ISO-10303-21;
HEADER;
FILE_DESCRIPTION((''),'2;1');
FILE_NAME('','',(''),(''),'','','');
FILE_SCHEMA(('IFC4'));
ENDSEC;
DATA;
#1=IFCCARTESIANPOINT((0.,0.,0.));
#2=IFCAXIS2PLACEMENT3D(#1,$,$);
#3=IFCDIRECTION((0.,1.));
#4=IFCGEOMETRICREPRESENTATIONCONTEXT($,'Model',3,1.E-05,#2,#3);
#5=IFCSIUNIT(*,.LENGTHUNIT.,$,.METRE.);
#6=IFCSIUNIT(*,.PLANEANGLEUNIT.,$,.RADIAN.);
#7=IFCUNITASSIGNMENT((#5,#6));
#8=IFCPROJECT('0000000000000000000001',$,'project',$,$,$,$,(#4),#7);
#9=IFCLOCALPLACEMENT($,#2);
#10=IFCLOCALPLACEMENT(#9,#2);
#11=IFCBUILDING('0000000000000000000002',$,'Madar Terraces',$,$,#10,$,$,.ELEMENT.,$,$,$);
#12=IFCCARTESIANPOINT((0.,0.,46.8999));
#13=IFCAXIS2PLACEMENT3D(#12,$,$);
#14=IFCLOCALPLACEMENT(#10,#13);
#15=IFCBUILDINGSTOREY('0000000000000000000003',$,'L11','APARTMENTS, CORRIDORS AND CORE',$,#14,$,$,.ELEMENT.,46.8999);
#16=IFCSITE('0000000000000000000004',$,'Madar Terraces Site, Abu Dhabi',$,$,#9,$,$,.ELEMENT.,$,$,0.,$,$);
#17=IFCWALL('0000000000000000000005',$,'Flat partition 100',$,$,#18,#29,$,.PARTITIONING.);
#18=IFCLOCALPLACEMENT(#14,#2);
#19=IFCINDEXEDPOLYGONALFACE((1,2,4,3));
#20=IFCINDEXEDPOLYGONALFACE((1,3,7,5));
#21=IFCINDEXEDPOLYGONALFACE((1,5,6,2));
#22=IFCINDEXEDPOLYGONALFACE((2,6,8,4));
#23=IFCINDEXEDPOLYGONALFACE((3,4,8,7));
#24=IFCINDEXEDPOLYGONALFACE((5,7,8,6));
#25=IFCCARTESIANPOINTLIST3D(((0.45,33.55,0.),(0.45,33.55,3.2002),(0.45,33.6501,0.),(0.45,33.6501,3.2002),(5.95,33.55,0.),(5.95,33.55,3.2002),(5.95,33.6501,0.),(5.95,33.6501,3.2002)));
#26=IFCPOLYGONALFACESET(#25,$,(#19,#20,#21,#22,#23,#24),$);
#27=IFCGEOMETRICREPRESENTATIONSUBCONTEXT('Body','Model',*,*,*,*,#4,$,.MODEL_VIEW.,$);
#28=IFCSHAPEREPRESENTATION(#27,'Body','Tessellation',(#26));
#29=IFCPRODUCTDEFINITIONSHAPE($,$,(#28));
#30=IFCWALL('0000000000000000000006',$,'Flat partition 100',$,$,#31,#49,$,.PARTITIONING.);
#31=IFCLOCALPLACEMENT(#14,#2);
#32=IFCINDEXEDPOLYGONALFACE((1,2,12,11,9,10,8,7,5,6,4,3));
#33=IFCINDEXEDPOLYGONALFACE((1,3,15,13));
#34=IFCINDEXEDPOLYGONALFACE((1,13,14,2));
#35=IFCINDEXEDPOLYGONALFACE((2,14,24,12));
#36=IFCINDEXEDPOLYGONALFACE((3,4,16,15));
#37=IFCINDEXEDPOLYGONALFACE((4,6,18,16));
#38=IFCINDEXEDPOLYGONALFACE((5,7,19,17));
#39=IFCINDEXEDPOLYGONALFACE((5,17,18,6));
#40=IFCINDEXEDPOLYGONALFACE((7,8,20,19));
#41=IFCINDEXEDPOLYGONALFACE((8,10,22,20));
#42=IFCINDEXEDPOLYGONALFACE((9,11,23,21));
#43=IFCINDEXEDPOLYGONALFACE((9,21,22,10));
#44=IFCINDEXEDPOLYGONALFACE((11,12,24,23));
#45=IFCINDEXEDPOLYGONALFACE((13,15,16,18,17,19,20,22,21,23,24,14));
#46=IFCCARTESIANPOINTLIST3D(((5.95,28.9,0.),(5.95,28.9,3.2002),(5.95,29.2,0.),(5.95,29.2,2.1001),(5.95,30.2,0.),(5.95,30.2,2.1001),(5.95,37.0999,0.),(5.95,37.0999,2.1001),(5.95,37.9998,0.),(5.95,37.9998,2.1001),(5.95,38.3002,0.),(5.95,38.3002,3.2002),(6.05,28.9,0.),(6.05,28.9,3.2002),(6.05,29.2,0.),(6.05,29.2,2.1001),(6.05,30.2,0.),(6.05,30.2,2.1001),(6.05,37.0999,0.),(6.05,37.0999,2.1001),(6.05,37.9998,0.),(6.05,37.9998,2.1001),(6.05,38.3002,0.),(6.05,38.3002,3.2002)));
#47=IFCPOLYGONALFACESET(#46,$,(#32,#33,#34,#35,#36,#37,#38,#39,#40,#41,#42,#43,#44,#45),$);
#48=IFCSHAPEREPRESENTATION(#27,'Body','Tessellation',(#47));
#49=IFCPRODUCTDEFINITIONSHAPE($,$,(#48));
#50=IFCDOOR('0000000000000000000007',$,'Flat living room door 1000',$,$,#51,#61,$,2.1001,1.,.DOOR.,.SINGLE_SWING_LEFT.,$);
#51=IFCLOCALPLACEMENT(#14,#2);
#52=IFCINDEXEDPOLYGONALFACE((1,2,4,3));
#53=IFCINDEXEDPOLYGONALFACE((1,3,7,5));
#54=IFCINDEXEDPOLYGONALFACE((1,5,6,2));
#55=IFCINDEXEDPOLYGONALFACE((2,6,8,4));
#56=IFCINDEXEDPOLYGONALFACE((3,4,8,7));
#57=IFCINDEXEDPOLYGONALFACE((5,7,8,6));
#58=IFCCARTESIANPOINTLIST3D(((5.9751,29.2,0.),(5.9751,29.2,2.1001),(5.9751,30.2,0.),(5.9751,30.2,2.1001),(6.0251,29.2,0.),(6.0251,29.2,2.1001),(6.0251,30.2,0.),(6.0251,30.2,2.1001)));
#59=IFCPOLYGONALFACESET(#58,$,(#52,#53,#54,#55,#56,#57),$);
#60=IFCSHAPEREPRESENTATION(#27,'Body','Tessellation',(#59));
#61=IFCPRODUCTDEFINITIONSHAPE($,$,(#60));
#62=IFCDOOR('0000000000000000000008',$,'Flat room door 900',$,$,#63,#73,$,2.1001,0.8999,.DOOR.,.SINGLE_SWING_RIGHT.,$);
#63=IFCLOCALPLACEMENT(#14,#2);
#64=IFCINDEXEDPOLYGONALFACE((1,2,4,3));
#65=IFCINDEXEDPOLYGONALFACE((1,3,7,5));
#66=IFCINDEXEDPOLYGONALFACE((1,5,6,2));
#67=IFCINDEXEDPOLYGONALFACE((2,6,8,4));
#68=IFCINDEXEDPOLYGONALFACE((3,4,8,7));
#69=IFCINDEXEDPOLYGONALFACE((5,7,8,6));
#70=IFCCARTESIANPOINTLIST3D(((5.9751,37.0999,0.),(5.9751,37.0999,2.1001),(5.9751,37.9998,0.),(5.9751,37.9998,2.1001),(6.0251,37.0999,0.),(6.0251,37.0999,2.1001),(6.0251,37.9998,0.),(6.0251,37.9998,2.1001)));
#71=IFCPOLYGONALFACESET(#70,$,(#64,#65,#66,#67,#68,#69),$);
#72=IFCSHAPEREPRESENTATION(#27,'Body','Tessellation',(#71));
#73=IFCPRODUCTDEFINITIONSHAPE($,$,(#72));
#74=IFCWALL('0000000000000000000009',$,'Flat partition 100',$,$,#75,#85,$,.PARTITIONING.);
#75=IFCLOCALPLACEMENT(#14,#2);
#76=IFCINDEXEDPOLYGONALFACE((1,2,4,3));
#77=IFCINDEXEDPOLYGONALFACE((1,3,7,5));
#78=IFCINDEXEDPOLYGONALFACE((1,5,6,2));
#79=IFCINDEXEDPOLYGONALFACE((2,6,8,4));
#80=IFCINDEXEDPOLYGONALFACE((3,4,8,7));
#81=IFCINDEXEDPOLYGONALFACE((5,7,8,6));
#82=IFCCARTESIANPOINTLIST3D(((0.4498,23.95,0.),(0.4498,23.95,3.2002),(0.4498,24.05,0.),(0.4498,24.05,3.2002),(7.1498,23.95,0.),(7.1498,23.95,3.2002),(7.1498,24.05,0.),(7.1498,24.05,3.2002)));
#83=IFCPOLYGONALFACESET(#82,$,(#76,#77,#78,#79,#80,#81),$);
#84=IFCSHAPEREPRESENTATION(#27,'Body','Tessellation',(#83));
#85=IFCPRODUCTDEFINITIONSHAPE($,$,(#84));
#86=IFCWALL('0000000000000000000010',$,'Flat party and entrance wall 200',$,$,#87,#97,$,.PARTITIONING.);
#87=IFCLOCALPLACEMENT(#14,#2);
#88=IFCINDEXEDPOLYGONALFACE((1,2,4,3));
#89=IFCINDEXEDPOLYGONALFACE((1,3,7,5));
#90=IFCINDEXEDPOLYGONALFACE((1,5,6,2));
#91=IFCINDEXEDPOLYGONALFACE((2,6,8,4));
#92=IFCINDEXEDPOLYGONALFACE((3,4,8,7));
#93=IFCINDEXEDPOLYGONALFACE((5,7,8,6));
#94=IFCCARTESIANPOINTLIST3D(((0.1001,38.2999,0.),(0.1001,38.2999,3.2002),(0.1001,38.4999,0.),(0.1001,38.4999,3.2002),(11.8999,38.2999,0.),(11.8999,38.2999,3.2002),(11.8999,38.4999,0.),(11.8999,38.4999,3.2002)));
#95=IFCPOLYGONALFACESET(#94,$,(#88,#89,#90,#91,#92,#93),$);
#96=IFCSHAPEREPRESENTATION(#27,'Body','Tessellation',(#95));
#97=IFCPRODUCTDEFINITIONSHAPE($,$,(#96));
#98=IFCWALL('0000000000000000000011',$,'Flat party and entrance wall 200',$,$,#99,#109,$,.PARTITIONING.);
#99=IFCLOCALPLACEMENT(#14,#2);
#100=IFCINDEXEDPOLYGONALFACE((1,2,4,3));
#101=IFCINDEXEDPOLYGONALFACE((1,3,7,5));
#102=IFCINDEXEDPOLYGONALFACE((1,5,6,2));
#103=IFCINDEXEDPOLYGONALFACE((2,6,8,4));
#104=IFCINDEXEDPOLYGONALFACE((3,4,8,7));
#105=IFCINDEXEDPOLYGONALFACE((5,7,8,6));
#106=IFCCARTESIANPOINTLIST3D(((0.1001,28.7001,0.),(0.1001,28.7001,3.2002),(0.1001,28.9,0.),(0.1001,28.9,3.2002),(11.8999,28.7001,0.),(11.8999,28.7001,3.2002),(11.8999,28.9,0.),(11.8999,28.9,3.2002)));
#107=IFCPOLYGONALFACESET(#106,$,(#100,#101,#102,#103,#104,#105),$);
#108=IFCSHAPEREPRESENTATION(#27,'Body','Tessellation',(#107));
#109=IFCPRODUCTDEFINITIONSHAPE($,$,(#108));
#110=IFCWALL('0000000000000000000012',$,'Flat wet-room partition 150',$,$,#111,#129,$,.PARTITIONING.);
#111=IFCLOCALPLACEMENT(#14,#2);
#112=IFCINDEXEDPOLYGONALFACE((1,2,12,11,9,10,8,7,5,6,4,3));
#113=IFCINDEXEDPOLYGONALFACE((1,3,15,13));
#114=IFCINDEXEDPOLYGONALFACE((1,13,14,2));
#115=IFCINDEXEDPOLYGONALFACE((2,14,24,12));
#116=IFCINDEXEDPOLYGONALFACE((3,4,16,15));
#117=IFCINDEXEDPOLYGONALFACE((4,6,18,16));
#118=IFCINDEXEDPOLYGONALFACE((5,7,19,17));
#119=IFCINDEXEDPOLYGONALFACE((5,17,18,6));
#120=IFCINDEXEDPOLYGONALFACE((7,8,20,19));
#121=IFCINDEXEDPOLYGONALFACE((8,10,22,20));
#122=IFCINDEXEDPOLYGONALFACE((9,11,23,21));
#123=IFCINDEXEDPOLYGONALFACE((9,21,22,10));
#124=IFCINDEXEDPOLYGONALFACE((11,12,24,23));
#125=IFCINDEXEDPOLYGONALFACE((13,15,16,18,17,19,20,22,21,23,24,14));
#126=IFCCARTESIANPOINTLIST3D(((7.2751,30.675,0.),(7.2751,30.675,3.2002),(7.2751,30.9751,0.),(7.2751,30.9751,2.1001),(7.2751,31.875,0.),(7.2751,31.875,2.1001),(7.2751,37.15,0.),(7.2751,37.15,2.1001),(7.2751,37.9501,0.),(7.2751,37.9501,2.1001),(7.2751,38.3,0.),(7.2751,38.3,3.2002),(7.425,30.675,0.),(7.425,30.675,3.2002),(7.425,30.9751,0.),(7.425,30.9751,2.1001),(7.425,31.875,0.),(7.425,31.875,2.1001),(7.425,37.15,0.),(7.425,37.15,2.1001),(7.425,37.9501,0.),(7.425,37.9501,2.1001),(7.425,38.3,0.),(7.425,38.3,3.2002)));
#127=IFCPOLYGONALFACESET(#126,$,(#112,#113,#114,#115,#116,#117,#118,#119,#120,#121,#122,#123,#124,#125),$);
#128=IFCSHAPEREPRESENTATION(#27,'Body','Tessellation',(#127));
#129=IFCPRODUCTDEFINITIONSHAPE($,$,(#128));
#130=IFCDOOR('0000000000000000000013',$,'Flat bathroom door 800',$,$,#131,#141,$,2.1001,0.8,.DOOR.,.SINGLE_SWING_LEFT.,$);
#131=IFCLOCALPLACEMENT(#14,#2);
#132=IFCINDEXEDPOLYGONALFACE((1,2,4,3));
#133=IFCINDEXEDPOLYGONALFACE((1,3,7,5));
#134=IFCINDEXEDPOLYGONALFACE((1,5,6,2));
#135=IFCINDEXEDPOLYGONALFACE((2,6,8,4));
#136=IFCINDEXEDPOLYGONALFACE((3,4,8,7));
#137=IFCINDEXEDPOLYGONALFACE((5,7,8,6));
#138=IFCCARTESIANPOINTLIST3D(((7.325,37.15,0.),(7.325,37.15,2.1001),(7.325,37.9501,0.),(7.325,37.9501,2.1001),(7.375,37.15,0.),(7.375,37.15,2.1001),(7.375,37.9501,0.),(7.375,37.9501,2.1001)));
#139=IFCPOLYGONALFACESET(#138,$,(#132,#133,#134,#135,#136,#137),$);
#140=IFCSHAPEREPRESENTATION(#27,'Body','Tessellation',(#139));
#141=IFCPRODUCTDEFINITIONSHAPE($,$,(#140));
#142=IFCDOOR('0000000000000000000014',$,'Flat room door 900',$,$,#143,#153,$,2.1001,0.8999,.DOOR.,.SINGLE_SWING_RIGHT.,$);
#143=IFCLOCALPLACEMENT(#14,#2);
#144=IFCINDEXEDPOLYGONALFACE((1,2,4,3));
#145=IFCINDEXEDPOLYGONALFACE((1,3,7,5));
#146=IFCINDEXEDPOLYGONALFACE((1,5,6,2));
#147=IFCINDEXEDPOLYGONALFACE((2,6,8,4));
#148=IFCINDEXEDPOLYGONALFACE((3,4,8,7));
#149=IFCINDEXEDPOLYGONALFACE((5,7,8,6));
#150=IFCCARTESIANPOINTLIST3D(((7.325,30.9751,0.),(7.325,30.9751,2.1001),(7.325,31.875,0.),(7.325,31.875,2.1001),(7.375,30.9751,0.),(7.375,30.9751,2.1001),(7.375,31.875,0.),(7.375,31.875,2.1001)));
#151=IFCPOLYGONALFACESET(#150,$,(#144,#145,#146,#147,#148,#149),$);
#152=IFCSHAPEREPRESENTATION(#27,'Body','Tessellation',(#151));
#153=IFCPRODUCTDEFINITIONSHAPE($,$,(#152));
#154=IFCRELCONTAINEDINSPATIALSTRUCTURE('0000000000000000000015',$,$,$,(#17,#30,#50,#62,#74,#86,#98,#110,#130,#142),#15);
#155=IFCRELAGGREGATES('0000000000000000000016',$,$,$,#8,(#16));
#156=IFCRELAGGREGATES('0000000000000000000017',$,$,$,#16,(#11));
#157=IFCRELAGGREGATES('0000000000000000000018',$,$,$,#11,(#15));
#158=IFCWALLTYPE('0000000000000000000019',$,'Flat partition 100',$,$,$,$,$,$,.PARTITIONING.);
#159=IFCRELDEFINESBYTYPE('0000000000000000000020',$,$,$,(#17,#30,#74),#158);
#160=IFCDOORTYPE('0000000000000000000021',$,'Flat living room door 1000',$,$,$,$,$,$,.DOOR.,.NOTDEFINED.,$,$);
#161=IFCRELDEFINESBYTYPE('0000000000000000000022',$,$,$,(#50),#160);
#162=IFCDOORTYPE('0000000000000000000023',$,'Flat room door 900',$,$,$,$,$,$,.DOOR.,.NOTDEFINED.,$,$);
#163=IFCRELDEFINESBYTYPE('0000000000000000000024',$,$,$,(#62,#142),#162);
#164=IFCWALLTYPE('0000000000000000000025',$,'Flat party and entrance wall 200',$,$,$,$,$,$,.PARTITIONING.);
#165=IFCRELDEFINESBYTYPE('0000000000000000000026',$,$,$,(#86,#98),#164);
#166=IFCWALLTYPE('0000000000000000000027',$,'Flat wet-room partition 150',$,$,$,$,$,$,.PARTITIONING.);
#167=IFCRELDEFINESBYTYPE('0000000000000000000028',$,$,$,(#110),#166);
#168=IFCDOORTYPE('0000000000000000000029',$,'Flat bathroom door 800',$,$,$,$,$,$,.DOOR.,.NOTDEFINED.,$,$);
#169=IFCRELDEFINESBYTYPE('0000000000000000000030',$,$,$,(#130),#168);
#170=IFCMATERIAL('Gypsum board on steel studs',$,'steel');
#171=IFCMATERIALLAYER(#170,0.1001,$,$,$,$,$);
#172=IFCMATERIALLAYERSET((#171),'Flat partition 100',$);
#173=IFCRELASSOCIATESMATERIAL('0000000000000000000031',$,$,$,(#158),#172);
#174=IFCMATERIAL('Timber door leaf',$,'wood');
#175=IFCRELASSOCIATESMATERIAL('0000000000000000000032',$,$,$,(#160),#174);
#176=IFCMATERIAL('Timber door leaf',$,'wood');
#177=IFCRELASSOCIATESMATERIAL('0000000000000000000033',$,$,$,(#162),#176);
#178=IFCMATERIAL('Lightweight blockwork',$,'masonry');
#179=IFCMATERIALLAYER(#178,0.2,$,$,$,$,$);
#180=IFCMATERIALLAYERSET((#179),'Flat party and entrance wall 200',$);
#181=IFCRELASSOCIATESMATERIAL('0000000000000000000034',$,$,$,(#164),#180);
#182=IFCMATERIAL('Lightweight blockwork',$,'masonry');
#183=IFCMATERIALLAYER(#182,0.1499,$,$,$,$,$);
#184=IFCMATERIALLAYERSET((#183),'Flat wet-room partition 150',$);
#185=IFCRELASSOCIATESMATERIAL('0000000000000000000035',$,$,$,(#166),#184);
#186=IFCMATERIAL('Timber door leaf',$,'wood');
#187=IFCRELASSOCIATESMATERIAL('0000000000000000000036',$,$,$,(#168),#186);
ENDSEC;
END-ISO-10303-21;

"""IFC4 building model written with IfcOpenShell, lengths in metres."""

from ifc_helpers import new_model, si_unit, direction, frame, frame_2d, origin, place, context, subcontext, project, spatial, rectangle, extrude, material, layer, layer_set, type_object, element, fill, save


model = new_model("IFC4")

# Units and contexts
model_context = context("Model", 3, precision=1e-05, world=origin(), true_north=direction((0.0, 1.0)))
body_context = subcontext(model_context, "Body", "Model", "MODEL_VIEW")
ifc_project = project(units=[si_unit("LENGTHUNIT", "METRE"), si_unit("PLANEANGLEUNIT", "RADIAN")], contexts=[model_context])

# Site, building, storey
site_placement = place(None, origin())
site = spatial("IfcSite", under=ifc_project, at=site_placement, Name="Madar Terraces Site, Abu Dhabi", CompositionType="ELEMENT", RefElevation=0.0)
building_placement = place(site_placement, origin())
building = spatial("IfcBuilding", under=site, at=building_placement, Name="Madar Terraces", CompositionType="ELEMENT")
storey_placement = place(building_placement, frame((0.0, 0.0, 46.8999)))
storey = spatial("IfcBuildingStorey", under=building, at=storey_placement, Name="L11", Description="APARTMENTS, CORRIDORS AND CORE", CompositionType="ELEMENT", Elevation=46.8999)

# Wall
ifc_material_1 = material(Name="Gypsum board on steel studs", Category="steel")
ifc_layer_1 = layer(ifc_material_1, 0.1001)
ifc_layer_set_1 = layer_set([ifc_layer_1], Name="Flat partition 100")
wall_type_1 = type_object("IfcWallType", Name="Flat partition 100", PredefinedType="PARTITIONING", material=ifc_layer_set_1)
wall_1_placement = place(storey_placement, frame((5.95, 33.6001, 0.0), z_axis=(0.0, 0.0, 1.0), x_axis=(-1.0, 0.0, 0.0)))
element("IfcWall", 1, at=wall_1_placement, inside=storey, type_object=wall_type_1, Name="Flat partition 100", PredefinedType="PARTITIONING", context=body_context, shape_type="SweptSolid", body=[
    extrude(rectangle(XDim=5.5, YDim=0.1001, at=frame_2d((2.75, 0.0))), origin(), (0.0, 0.0, 1.0), 3.2002),
])

# Wall, openings, doors
wall_2_placement = place(storey_placement, frame((6.0, 28.8999, 0.0), z_axis=(0.0, 0.0, 1.0), x_axis=(0.0, 1.0, 0.0)))
wall_2 = element("IfcWall", 2, at=wall_2_placement, inside=storey, type_object=wall_type_1, Name="Flat partition 100", PredefinedType="PARTITIONING", context=body_context, shape_type="SweptSolid", body=[
    extrude(rectangle(XDim=9.4001, YDim=0.1001, at=frame_2d((4.7002, 0.0))), origin(), (0.0, 0.0, 1.0), 3.2002),
])
opening_1_placement = place(wall_2_placement, frame((0.3, 0.0, 0.0)))
opening_1 = element("IfcOpeningElement", 3, at=opening_1_placement, cuts=wall_2, PredefinedType="OPENING", context=body_context, shape_type="SweptSolid", body=[
    extrude(rectangle(XDim=1.0, YDim=2.1001, at=frame_2d((0.5, 1.05))), frame((0.0, 0.0601, 0.0), z_axis=(0.0, -1.0, 0.0), x_axis=(1.0, 0.0, 0.0)), (0.0, 0.0, 1.0), 0.1201),
])
opening_2_placement = place(wall_2_placement, frame((8.2, 0.0, 0.0)))
opening_2 = element("IfcOpeningElement", 4, at=opening_2_placement, cuts=wall_2, PredefinedType="OPENING", context=body_context, shape_type="SweptSolid", body=[
    extrude(rectangle(XDim=0.8999, YDim=2.1001, at=frame_2d((0.45, 1.05))), frame((0.0, 0.0601, 0.0), z_axis=(0.0, -1.0, 0.0), x_axis=(1.0, 0.0, 0.0)), (0.0, 0.0, 1.0), 0.1201),
])
ifc_material_2 = material(Name="Timber door leaf", Category="wood")
door_type_1 = type_object("IfcDoorType", Name="Flat living room door 1000", OperationType="NOTDEFINED", PredefinedType="DOOR", material=ifc_material_2)
door_1_placement = place(opening_1_placement, origin())
door_1 = element("IfcDoor", 5, at=door_1_placement, inside=storey, type_object=door_type_1, Name="Flat living room door 1000", OperationType="SINGLE_SWING_LEFT", OverallHeight=2.1001, OverallWidth=1.0, PredefinedType="DOOR", context=body_context, shape_type="SweptSolid", body=[
    extrude(rectangle(XDim=1.0, YDim=2.1001, at=frame_2d((0.5, 1.05))), frame((0.0, 0.0249, 0.0), z_axis=(0.0, -1.0, 0.0), x_axis=(1.0, 0.0, 0.0)), (0.0, 0.0, 1.0), 0.05),
])
fill(opening_1, door_1)
ifc_material_3 = material(Name="Timber door leaf", Category="wood")
door_type_2 = type_object("IfcDoorType", Name="Flat room door 900", OperationType="NOTDEFINED", PredefinedType="DOOR", material=ifc_material_3)
door_2_placement = place(opening_2_placement, origin())
door_2 = element("IfcDoor", 6, at=door_2_placement, inside=storey, type_object=door_type_2, Name="Flat room door 900", OperationType="SINGLE_SWING_RIGHT", OverallHeight=2.1001, OverallWidth=0.8999, PredefinedType="DOOR", context=body_context, shape_type="SweptSolid", body=[
    extrude(rectangle(XDim=0.8999, YDim=2.1001, at=frame_2d((0.45, 1.05))), frame((0.0, 0.0249, 0.0), z_axis=(0.0, -1.0, 0.0), x_axis=(1.0, 0.0, 0.0)), (0.0, 0.0, 1.0), 0.05),
])
fill(opening_2, door_2)

# Walls
wall_3_placement = place(storey_placement, frame((7.1499, 24.0, 0.0), z_axis=(0.0, 0.0, 1.0), x_axis=(-1.0, 0.0, 0.0)))
element("IfcWall", 7, at=wall_3_placement, inside=storey, type_object=wall_type_1, Name="Flat partition 100", PredefinedType="PARTITIONING", context=body_context, shape_type="SweptSolid", body=[
    extrude(rectangle(XDim=6.7, YDim=0.1001, at=frame_2d((3.3501, 0.0))), origin(), (0.0, 0.0, 1.0), 3.2002),
])
ifc_material_4 = material(Name="Lightweight blockwork", Category="masonry")
ifc_layer_2 = layer(ifc_material_4, 0.2)
ifc_layer_set_2 = layer_set([ifc_layer_2], Name="Flat party and entrance wall 200")
wall_type_2 = type_object("IfcWallType", Name="Flat party and entrance wall 200", PredefinedType="PARTITIONING", material=ifc_layer_set_2)
for number, where, z_axis, x_axis, name in (
    (8, (0.1001, 38.3999, 0.0), (0.0, 0.0, 1.0), (1.0, 0.0, 0.0), "Flat party and entrance wall 200"),
    (9, (0.1001, 28.8, 0.0), (0.0, 0.0, 1.0), (1.0, 0.0, 0.0), "Flat party and entrance wall 200"),
):
    element("IfcWall", number, at=place(storey_placement, frame(where, z_axis=z_axis, x_axis=x_axis)), inside=storey, type_object=wall_type_2, Name=name, PredefinedType="PARTITIONING", context=body_context, shape_type="SweptSolid", body=[
        extrude(rectangle(XDim=11.7998, YDim=0.2, at=frame_2d((5.8999, 0.0))), origin(), (0.0, 0.0, 1.0), 3.2002),
    ])

# Wall, openings, doors
ifc_material_5 = material(Name="Lightweight blockwork", Category="masonry")
ifc_layer_3 = layer(ifc_material_5, 0.1499)
ifc_layer_set_3 = layer_set([ifc_layer_3], Name="Flat wet-room partition 150")
wall_type_3 = type_object("IfcWallType", Name="Flat wet-room partition 150", PredefinedType="PARTITIONING", material=ifc_layer_set_3)
wall_4_placement = place(storey_placement, frame((7.3501, 38.3, 0.0), z_axis=(0.0, 0.0, 1.0), x_axis=(0.0, -1.0, 0.0)))
wall_4 = element("IfcWall", 10, at=wall_4_placement, inside=storey, type_object=wall_type_3, Name="Flat wet-room partition 150", PredefinedType="PARTITIONING", context=body_context, shape_type="SweptSolid", body=[
    extrude(rectangle(XDim=7.625, YDim=0.1499, at=frame_2d((3.8125, 0.0))), origin(), (0.0, 0.0, 1.0), 3.2002),
])
opening_3_placement = place(wall_4_placement, frame((6.425, 0.0, 0.0)))
opening_3 = element("IfcOpeningElement", 11, at=opening_3_placement, cuts=wall_4, PredefinedType="OPENING", context=body_context, shape_type="SweptSolid", body=[
    extrude(rectangle(XDim=0.8999, YDim=2.1001, at=frame_2d((0.45, 1.05))), frame((0.0, 0.085, 0.0), z_axis=(0.0, -1.0, 0.0), x_axis=(1.0, 0.0, 0.0)), (0.0, 0.0, 1.0), 0.1699),
])
opening_4_placement = place(wall_4_placement, frame((0.3501, 0.0, 0.0)))
opening_4 = element("IfcOpeningElement", 12, at=opening_4_placement, cuts=wall_4, PredefinedType="OPENING", context=body_context, shape_type="SweptSolid", body=[
    extrude(rectangle(XDim=0.8, YDim=2.1001, at=frame_2d((0.3999, 1.05))), frame((0.0, 0.085, 0.0), z_axis=(0.0, -1.0, 0.0), x_axis=(1.0, 0.0, 0.0)), (0.0, 0.0, 1.0), 0.1699),
])
ifc_material_6 = material(Name="Timber door leaf", Category="wood")
door_type_3 = type_object("IfcDoorType", Name="Flat bathroom door 800", OperationType="NOTDEFINED", PredefinedType="DOOR", material=ifc_material_6)
door_3_placement = place(opening_4_placement, origin())
door_3 = element("IfcDoor", 13, at=door_3_placement, inside=storey, type_object=door_type_3, Name="Flat bathroom door 800", OperationType="SINGLE_SWING_LEFT", OverallHeight=2.1001, OverallWidth=0.8, PredefinedType="DOOR", context=body_context, shape_type="SweptSolid", body=[
    extrude(rectangle(XDim=0.8, YDim=2.1001, at=frame_2d((0.3999, 1.05))), frame((0.0, 0.0249, 0.0), z_axis=(0.0, -1.0, 0.0), x_axis=(1.0, 0.0, 0.0)), (0.0, 0.0, 1.0), 0.05),
])
fill(opening_4, door_3)
door_4_placement = place(opening_3_placement, origin())
door_4 = element("IfcDoor", 14, at=door_4_placement, inside=storey, type_object=door_type_2, Name="Flat room door 900", OperationType="SINGLE_SWING_RIGHT", OverallHeight=2.1001, OverallWidth=0.8999, PredefinedType="DOOR", context=body_context, shape_type="SweptSolid", body=[
    extrude(rectangle(XDim=0.8999, YDim=2.1001, at=frame_2d((0.45, 1.05))), frame((0.0, 0.0249, 0.0), z_axis=(0.0, -1.0, 0.0), x_axis=(1.0, 0.0, 0.0)), (0.0, 0.0, 1.0), 0.05),
])
fill(opening_3, door_4)

save(model, "model.ifc")
